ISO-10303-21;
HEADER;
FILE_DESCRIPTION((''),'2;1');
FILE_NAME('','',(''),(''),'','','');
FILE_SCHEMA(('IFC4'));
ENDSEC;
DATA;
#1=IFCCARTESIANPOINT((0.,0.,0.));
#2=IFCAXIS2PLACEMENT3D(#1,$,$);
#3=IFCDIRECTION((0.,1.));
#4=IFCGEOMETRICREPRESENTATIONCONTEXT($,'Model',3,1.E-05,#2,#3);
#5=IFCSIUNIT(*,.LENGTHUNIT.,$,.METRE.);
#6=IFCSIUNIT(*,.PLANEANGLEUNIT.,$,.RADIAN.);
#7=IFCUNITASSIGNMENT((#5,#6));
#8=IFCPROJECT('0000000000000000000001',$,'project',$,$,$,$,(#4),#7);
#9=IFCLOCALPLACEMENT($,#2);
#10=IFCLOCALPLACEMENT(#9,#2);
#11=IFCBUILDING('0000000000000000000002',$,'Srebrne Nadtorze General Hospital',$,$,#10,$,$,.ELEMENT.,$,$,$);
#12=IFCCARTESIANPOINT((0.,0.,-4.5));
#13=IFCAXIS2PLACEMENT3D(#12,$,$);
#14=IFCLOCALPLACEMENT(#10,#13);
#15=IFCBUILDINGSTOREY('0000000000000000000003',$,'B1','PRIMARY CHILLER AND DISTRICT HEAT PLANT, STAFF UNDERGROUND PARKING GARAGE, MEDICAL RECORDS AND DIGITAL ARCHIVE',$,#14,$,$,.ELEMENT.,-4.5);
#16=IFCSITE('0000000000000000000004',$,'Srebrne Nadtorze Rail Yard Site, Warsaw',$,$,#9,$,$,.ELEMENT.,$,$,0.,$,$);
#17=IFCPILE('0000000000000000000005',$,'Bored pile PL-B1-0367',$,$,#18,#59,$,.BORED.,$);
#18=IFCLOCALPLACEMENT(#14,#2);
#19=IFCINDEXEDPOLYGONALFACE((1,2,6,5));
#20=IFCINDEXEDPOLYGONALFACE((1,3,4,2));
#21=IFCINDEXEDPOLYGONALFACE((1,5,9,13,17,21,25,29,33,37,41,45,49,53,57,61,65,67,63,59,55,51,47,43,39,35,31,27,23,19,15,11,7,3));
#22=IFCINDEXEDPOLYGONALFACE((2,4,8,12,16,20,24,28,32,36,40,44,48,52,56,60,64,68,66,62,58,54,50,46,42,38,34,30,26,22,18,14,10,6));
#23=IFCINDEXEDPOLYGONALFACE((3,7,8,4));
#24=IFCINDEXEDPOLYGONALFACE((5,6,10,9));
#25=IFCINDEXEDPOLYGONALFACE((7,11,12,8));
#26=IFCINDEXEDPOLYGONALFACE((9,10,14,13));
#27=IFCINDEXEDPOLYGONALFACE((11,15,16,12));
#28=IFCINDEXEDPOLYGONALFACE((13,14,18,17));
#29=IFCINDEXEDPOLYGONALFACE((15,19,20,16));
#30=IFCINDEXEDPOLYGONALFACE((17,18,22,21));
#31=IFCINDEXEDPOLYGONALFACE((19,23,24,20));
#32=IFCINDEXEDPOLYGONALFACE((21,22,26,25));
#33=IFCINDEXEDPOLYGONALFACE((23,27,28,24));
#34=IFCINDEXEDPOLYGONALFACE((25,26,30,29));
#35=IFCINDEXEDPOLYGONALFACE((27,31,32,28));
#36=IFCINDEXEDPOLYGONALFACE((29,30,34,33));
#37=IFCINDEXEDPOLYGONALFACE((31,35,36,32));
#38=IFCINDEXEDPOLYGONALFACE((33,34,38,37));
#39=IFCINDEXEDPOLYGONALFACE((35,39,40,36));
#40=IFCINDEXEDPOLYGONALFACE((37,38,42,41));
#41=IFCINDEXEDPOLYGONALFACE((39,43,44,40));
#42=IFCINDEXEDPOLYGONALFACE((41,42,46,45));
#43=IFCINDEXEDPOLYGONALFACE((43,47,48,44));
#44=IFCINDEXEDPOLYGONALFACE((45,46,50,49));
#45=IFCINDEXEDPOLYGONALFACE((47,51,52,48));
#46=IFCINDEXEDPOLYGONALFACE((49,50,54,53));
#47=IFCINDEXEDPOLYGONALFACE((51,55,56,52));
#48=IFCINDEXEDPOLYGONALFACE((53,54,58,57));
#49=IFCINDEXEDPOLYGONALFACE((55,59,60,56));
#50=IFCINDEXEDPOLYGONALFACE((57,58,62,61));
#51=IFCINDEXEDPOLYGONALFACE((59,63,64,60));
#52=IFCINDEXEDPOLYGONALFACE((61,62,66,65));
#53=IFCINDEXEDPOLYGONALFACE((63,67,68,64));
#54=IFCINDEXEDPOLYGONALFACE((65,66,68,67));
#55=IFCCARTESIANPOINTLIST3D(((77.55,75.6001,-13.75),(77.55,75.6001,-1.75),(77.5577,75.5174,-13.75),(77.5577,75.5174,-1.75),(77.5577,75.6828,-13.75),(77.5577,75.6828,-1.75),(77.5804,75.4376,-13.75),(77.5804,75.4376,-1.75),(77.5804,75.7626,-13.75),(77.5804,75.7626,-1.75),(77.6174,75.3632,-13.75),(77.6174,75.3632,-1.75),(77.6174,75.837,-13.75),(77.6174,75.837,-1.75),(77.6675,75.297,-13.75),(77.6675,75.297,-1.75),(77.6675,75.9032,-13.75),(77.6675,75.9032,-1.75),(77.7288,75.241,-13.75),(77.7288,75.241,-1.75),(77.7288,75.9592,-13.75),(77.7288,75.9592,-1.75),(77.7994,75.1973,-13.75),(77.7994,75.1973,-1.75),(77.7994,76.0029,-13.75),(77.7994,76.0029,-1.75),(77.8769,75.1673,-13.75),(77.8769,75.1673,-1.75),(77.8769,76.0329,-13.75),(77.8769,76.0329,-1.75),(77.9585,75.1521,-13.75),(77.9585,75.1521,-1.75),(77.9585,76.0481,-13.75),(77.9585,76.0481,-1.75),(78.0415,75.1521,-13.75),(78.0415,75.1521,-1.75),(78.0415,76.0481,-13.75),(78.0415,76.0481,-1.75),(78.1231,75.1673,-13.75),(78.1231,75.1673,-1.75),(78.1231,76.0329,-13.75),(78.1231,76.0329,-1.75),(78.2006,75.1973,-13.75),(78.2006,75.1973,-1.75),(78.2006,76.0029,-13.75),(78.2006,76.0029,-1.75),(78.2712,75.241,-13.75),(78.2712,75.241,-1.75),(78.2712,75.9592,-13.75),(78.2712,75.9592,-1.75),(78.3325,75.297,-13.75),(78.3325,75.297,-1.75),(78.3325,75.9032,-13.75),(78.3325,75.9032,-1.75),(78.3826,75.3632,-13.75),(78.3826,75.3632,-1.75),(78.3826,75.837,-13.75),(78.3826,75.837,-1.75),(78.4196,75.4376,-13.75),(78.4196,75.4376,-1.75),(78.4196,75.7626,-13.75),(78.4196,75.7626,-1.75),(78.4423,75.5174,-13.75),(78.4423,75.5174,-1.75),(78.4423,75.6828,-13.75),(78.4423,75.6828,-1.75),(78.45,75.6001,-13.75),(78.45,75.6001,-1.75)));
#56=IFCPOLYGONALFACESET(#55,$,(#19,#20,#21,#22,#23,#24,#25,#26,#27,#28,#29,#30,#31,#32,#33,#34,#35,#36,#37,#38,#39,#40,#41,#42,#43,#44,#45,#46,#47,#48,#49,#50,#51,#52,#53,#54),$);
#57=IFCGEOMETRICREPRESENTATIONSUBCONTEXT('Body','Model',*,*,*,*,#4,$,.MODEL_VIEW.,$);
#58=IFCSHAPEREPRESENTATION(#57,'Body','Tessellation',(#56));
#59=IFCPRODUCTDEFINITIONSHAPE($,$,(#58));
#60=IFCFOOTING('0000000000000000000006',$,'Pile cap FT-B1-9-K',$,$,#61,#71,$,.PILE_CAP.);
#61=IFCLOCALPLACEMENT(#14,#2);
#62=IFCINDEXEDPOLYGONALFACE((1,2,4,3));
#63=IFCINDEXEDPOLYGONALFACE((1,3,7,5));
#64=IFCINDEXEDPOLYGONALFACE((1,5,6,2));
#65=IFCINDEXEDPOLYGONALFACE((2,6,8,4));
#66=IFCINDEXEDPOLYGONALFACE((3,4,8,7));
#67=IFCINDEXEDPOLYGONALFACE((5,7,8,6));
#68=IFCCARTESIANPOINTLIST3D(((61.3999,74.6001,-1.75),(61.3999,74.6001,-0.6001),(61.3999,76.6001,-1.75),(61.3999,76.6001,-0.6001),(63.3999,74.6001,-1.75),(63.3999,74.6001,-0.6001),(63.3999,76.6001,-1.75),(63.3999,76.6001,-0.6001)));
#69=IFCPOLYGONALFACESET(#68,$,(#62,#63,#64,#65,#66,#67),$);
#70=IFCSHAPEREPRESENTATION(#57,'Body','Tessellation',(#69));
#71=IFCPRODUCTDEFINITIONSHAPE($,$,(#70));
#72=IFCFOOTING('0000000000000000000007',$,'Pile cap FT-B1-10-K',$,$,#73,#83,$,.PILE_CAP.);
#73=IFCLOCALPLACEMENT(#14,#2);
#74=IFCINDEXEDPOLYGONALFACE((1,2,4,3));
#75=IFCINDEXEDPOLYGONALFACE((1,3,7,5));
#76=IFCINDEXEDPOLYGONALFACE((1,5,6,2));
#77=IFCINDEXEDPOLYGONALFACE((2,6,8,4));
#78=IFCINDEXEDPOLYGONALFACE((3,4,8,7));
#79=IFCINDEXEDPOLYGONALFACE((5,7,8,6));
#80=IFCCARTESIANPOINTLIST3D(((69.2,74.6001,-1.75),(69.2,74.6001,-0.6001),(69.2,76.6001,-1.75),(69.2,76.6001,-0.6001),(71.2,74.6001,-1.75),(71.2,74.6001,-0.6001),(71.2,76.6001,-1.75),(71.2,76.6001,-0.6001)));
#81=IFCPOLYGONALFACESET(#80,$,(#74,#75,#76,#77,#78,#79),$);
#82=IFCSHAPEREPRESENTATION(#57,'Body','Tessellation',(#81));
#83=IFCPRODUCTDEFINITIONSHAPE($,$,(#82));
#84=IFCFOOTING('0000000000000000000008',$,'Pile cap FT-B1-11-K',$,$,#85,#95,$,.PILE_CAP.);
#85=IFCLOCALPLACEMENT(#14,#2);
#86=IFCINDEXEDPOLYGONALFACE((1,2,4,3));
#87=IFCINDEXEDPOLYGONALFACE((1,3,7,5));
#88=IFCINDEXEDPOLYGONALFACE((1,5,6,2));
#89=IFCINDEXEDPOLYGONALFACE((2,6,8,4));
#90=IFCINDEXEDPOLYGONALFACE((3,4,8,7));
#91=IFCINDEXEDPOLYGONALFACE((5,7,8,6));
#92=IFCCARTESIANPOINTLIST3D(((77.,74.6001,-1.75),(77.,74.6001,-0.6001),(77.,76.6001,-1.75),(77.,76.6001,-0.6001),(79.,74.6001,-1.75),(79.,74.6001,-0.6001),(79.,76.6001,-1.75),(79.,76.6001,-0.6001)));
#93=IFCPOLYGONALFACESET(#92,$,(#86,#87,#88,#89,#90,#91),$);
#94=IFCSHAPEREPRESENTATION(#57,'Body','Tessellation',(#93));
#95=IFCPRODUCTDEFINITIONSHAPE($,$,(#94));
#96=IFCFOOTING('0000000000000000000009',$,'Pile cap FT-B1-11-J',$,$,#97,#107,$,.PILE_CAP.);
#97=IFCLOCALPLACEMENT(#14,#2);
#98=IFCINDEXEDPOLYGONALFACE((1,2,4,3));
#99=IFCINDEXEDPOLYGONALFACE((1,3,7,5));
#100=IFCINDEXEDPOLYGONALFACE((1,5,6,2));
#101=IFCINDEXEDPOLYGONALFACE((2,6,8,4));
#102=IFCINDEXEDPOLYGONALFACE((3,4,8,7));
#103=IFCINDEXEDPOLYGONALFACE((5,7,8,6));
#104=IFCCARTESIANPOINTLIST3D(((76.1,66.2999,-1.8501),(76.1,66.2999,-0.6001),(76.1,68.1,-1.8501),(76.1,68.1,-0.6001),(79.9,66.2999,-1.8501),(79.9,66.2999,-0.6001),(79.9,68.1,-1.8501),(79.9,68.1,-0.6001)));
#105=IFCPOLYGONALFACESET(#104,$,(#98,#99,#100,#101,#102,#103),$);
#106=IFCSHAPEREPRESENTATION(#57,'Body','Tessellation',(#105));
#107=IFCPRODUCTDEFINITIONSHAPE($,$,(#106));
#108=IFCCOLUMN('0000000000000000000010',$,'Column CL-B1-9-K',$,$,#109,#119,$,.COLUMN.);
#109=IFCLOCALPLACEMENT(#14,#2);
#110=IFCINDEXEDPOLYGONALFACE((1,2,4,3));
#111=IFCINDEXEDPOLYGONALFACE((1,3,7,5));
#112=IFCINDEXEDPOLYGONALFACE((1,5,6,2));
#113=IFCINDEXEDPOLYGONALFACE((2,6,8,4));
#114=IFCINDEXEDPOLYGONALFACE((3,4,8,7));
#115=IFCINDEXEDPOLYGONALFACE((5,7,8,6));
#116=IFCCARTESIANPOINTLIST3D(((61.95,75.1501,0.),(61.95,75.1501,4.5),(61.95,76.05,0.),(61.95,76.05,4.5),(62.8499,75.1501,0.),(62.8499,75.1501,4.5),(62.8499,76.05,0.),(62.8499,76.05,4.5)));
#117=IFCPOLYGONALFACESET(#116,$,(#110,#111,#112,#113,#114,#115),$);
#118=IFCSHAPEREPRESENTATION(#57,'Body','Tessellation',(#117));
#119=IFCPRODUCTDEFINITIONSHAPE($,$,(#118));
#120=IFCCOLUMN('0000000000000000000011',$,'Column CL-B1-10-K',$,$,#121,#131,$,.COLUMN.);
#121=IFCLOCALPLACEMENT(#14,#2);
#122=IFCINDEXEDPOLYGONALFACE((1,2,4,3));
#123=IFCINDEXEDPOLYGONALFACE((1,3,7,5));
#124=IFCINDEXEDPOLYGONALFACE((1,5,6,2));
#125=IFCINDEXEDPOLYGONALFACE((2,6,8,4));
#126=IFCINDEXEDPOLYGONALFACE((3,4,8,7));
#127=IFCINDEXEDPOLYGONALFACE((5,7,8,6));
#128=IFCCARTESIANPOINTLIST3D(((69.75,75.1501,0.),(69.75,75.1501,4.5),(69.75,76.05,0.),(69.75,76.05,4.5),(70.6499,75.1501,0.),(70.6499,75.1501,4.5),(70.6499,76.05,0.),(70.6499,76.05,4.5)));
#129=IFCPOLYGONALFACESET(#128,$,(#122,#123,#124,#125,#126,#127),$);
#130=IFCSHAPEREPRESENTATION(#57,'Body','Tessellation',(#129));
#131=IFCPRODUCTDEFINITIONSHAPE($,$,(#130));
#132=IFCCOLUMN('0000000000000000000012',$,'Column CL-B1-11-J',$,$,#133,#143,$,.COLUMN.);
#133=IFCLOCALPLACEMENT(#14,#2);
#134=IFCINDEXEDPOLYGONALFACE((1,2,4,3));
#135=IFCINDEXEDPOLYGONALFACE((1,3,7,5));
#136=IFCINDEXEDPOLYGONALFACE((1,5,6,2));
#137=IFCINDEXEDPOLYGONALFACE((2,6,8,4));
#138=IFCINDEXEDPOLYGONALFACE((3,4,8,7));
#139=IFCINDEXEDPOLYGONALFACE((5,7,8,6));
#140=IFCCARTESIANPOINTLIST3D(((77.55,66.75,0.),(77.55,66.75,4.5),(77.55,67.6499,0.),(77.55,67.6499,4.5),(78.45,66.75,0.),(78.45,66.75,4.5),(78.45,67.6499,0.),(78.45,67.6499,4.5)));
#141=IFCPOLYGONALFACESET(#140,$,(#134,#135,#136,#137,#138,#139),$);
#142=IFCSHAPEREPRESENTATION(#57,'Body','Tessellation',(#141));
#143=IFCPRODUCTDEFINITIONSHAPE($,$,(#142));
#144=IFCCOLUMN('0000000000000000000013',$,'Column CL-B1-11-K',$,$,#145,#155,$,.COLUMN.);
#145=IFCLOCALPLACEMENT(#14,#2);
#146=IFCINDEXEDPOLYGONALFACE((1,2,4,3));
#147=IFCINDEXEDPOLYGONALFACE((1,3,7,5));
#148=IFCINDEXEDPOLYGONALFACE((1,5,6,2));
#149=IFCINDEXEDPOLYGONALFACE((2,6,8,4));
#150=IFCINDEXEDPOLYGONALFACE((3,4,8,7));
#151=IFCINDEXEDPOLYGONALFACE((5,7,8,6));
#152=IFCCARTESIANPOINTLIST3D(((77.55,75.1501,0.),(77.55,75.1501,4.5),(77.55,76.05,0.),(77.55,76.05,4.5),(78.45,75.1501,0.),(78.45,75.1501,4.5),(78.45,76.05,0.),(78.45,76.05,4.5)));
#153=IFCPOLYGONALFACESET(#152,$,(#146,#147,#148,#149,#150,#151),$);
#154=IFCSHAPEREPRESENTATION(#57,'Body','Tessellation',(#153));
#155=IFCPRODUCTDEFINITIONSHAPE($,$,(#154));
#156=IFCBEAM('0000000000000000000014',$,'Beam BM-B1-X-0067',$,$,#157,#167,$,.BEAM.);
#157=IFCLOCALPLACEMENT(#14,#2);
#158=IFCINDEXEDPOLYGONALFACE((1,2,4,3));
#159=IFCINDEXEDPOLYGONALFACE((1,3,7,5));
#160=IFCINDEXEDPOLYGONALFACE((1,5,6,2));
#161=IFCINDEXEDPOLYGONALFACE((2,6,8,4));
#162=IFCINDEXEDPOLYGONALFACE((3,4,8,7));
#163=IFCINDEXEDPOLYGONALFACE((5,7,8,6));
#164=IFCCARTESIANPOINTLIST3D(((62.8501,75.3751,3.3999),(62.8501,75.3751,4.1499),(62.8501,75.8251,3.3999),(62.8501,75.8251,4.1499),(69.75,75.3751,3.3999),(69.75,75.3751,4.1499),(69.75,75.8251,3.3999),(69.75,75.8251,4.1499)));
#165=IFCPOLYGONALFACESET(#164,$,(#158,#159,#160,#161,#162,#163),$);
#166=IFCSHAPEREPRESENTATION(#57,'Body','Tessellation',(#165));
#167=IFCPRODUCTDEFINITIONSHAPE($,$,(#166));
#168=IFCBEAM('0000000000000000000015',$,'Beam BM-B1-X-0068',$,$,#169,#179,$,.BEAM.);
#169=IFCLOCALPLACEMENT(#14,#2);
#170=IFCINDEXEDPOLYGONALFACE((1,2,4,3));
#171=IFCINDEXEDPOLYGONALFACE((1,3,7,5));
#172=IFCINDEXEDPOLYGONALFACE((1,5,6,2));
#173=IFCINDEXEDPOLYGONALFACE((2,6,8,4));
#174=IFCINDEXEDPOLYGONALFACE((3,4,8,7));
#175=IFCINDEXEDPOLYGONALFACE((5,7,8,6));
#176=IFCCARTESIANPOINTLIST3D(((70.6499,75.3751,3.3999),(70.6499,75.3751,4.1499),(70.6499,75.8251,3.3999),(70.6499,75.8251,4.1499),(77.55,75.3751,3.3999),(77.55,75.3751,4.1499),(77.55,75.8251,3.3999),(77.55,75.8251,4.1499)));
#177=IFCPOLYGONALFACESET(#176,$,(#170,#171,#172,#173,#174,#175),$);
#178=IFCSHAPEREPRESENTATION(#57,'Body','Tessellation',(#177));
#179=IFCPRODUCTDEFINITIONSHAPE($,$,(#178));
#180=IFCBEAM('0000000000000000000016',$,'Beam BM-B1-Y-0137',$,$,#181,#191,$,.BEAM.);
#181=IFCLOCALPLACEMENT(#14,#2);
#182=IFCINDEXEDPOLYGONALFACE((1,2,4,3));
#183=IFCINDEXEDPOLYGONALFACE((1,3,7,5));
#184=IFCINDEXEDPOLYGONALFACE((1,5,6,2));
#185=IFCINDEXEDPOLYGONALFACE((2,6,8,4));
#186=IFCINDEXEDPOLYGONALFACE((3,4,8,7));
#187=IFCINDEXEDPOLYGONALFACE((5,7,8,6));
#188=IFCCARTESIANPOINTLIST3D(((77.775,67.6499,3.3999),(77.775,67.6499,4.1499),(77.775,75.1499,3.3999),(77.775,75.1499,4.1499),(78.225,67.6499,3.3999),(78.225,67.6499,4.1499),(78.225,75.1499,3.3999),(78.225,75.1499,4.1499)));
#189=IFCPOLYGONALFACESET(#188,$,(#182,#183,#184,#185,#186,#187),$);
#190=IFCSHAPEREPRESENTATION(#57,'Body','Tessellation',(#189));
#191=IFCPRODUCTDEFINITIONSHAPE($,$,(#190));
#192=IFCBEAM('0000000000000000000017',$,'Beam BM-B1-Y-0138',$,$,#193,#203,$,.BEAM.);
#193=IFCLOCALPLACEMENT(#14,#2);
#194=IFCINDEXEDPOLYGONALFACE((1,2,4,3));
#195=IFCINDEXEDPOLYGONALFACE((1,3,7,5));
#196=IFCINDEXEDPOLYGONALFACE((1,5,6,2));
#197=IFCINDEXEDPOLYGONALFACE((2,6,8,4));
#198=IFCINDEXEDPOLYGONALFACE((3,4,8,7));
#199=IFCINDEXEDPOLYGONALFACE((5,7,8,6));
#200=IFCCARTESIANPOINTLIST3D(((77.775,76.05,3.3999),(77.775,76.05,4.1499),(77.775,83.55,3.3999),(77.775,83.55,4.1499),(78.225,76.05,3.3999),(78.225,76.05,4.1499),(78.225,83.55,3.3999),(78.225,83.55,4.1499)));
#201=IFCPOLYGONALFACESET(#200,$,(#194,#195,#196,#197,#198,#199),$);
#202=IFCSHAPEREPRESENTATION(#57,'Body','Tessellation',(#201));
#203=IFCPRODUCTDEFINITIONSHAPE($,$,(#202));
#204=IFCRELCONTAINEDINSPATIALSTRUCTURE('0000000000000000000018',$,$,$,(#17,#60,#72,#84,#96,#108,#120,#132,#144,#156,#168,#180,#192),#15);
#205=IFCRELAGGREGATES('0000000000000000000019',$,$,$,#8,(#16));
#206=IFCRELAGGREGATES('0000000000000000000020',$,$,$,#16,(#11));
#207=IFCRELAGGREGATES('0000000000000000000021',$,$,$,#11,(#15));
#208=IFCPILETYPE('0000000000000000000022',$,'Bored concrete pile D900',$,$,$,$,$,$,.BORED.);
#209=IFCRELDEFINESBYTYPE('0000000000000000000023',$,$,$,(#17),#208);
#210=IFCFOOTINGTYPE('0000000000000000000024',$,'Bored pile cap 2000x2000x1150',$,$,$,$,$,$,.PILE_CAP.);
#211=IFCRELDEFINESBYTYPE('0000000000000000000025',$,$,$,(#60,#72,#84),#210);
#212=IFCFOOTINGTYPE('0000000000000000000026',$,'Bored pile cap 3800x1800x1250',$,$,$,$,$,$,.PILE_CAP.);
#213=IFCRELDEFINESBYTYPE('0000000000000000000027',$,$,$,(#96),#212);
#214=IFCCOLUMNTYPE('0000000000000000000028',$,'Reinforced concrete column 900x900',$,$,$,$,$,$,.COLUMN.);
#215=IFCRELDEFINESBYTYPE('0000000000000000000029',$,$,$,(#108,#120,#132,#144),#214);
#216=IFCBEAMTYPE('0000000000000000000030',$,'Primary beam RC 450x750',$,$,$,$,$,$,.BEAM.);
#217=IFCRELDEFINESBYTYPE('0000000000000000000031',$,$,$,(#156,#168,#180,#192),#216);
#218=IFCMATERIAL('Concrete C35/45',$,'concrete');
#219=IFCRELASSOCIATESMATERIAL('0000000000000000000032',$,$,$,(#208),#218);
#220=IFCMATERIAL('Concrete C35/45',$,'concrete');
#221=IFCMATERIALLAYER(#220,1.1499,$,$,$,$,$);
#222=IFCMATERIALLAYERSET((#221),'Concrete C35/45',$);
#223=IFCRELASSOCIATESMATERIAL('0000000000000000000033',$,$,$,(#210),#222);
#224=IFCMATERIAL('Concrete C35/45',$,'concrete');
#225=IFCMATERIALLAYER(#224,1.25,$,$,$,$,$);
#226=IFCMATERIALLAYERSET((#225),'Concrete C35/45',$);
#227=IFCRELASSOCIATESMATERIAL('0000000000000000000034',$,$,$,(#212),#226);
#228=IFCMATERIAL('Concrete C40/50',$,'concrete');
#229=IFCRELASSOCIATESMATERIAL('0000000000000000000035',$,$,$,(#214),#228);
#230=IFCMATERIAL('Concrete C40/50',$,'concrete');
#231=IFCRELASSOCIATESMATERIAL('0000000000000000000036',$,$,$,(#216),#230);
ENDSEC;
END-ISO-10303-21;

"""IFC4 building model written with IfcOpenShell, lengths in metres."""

from ifc_helpers import new_model, si_unit, direction, frame, origin, origin_2d, place, context, subcontext, project, spatial, rectangle, circle, extrude, material, layer, layer_set, material_profile, profile_set, type_object, element, save


model = new_model("IFC4")

# Units and contexts
model_context = context("Model", 3, precision=1e-05, world=origin(), true_north=direction((0.0, 1.0)))
body_context = subcontext(model_context, "Body", "Model", "MODEL_VIEW")
ifc_project = project(units=[si_unit("LENGTHUNIT", "METRE"), si_unit("PLANEANGLEUNIT", "RADIAN")], contexts=[model_context])

# Site, building, storey
site_placement = place(None, origin())
site = spatial("IfcSite", under=ifc_project, at=site_placement, Name="Srebrne Nadtorze Rail Yard Site, Warsaw", CompositionType="ELEMENT", RefElevation=0.0)
building_placement = place(site_placement, origin())
building = spatial("IfcBuilding", under=site, at=building_placement, Name="Srebrne Nadtorze General Hospital", CompositionType="ELEMENT")
storey_placement = place(building_placement, frame((0.0, 0.0, -4.5)))
storey = spatial("IfcBuildingStorey", under=building, at=storey_placement, Name="B1", Description="PRIMARY CHILLER AND DISTRICT HEAT PLANT, STAFF UNDERGROUND PARKING GARAGE, MEDICAL RECORDS AND DIGITAL ARCHIVE", CompositionType="ELEMENT", Elevation=-4.5)

# Pile
ifc_material_1 = material(Name="Concrete C35/45", Category="concrete")
ifc_material_profile_1 = material_profile(ifc_material_1, circle(Radius=0.45, at=origin_2d()), Name="PILE-D900")
ifc_profile_set_1 = profile_set([ifc_material_profile_1], Name="Concrete C35/45")
pile_type = type_object("IfcPileType", Name="Bored concrete pile D900", PredefinedType="BORED", material=ifc_profile_set_1)
for number, where, z_axis, x_axis, name in (
    (1, (78.0, 75.6001, -1.75), (0.0, 0.0, -1.0), (1.0, 0.0, 0.0), "Bored pile PL-B1-0367"),
):
    element("IfcPile", number, at=place(storey_placement, frame(where, z_axis=z_axis, x_axis=x_axis)), inside=storey, type_object=pile_type, Name=name, PredefinedType="BORED", context=body_context, shape_type="SweptSolid", body=[
        extrude(circle(Radius=0.45, at=origin_2d()), origin(), (0.0, 0.0, 1.0), 12.0),
    ])

# Footings
ifc_material_2 = material(Name="Concrete C35/45", Category="concrete")
ifc_layer_1 = layer(ifc_material_2, 1.1499)
ifc_layer_set_1 = layer_set([ifc_layer_1], Name="Concrete C35/45")
footing_type_1 = type_object("IfcFootingType", Name="Bored pile cap 2000x2000x1150", PredefinedType="PILE_CAP", material=ifc_layer_set_1)
for number, where, z_axis, x_axis, name in (
    (2, (62.3999, 75.6001, -1.75), (0.0, 0.0, 1.0), (1.0, 0.0, 0.0), "Pile cap FT-B1-9-K"),
    (3, (70.2, 75.6001, -1.75), (0.0, 0.0, 1.0), (1.0, 0.0, 0.0), "Pile cap FT-B1-10-K"),
    (4, (78.0, 75.6001, -1.75), (0.0, 0.0, 1.0), (1.0, 0.0, 0.0), "Pile cap FT-B1-11-K"),
):
    element("IfcFooting", number, at=place(storey_placement, frame(where, z_axis=z_axis, x_axis=x_axis)), inside=storey, type_object=footing_type_1, Name=name, PredefinedType="PILE_CAP", context=body_context, shape_type="SweptSolid", body=[
        extrude(rectangle(XDim=2.0, YDim=2.0, at=origin_2d()), origin(), (0.0, 0.0, 1.0), 1.1499),
    ])
ifc_material_3 = material(Name="Concrete C35/45", Category="concrete")
ifc_layer_2 = layer(ifc_material_3, 1.25)
ifc_layer_set_2 = layer_set([ifc_layer_2], Name="Concrete C35/45")
footing_type_2 = type_object("IfcFootingType", Name="Bored pile cap 3800x1800x1250", PredefinedType="PILE_CAP", material=ifc_layer_set_2)
footing_placement = place(storey_placement, frame((78.0, 67.2, -1.8501), z_axis=(0.0, 0.0, 1.0), x_axis=(1.0, 0.0, 0.0)))
element("IfcFooting", 5, at=footing_placement, inside=storey, type_object=footing_type_2, Name="Pile cap FT-B1-11-J", PredefinedType="PILE_CAP", context=body_context, shape_type="SweptSolid", body=[
    extrude(rectangle(XDim=3.8, YDim=1.8, at=origin_2d()), origin(), (0.0, 0.0, 1.0), 1.25),
])

# Columns
ifc_material_4 = material(Name="Concrete C40/50", Category="concrete")
ifc_material_profile_2 = material_profile(ifc_material_4, rectangle(XDim=0.8999, YDim=0.8999, at=origin_2d()), Name="RC-COL-900x900")
ifc_profile_set_2 = profile_set([ifc_material_profile_2], Name="Concrete C40/50")
column_type = type_object("IfcColumnType", Name="Reinforced concrete column 900x900", PredefinedType="COLUMN", material=ifc_profile_set_2)
for number, where, z_axis, x_axis, name in (
    (6, (62.3999, 75.6001, 0.0), (0.0, 0.0, 1.0), (1.0, 0.0, 0.0), "Column CL-B1-9-K"),
    (7, (70.2, 75.6001, 0.0), (0.0, 0.0, 1.0), (1.0, 0.0, 0.0), "Column CL-B1-10-K"),
    (8, (78.0, 67.2, 0.0), (0.0, 0.0, 1.0), (1.0, 0.0, 0.0), "Column CL-B1-11-J"),
    (9, (78.0, 75.6001, 0.0), (0.0, 0.0, 1.0), (1.0, 0.0, 0.0), "Column CL-B1-11-K"),
):
    element("IfcColumn", number, at=place(storey_placement, frame(where, z_axis=z_axis, x_axis=x_axis)), inside=storey, type_object=column_type, Name=name, PredefinedType="COLUMN", context=body_context, shape_type="SweptSolid", body=[
        extrude(rectangle(XDim=0.8999, YDim=0.8999, at=origin_2d()), origin(), (0.0, 0.0, 1.0), 4.5),
    ])

# Beams
ifc_material_5 = material(Name="Concrete C40/50", Category="concrete")
ifc_material_profile_3 = material_profile(ifc_material_5, rectangle(XDim=0.45, YDim=0.75, at=origin_2d()), Name="RC-BM-450x750")
ifc_profile_set_3 = profile_set([ifc_material_profile_3], Name="Concrete C40/50")
beam_type_1 = type_object("IfcBeamType", Name="Primary beam RC 450x750", PredefinedType="BEAM", material=ifc_profile_set_3)
beam_1_placement = place(storey_placement, frame((62.8501, 75.6001, 3.7749), z_axis=(1.0, 0.0, 0.0), x_axis=(0.0, 1.0, 0.0)))
element("IfcBeam", 10, at=beam_1_placement, inside=storey, type_object=beam_type_1, Name="Beam BM-B1-X-0067", PredefinedType="BEAM", context=body_context, shape_type="SweptSolid", body=[
    extrude(rectangle(XDim=0.45, YDim=0.75, at=origin_2d()), origin(), (0.0, 0.0, 1.0), 6.8999),
])
beam_2_placement = place(storey_placement, frame((70.6499, 75.6001, 3.7749), z_axis=(1.0, 0.0, 0.0), x_axis=(0.0, 1.0, 0.0)))
element("IfcBeam", 11, at=beam_2_placement, inside=storey, type_object=beam_type_1, Name="Beam BM-B1-X-0068", PredefinedType="BEAM", context=body_context, shape_type="SweptSolid", body=[
    extrude(rectangle(XDim=0.45, YDim=0.75, at=origin_2d()), origin(), (0.0, 0.0, 1.0), 6.9001),
])
for number, where, z_axis, x_axis, name in (
    (12, (78.0, 67.6499, 3.7749), (0.0, 1.0, 0.0), (-1.0, 0.0, 0.0), "Beam BM-B1-Y-0137"),
    (13, (78.0, 76.05, 3.7749), (0.0, 1.0, 0.0), (-1.0, 0.0, 0.0), "Beam BM-B1-Y-0138"),
):
    element("IfcBeam", number, at=place(storey_placement, frame(where, z_axis=z_axis, x_axis=x_axis)), inside=storey, type_object=beam_type_1, Name=name, PredefinedType="BEAM", context=body_context, shape_type="SweptSolid", body=[
        extrude(rectangle(XDim=0.45, YDim=0.75, at=origin_2d()), origin(), (0.0, 0.0, 1.0), 7.5),
    ])

save(model, "model.ifc")
